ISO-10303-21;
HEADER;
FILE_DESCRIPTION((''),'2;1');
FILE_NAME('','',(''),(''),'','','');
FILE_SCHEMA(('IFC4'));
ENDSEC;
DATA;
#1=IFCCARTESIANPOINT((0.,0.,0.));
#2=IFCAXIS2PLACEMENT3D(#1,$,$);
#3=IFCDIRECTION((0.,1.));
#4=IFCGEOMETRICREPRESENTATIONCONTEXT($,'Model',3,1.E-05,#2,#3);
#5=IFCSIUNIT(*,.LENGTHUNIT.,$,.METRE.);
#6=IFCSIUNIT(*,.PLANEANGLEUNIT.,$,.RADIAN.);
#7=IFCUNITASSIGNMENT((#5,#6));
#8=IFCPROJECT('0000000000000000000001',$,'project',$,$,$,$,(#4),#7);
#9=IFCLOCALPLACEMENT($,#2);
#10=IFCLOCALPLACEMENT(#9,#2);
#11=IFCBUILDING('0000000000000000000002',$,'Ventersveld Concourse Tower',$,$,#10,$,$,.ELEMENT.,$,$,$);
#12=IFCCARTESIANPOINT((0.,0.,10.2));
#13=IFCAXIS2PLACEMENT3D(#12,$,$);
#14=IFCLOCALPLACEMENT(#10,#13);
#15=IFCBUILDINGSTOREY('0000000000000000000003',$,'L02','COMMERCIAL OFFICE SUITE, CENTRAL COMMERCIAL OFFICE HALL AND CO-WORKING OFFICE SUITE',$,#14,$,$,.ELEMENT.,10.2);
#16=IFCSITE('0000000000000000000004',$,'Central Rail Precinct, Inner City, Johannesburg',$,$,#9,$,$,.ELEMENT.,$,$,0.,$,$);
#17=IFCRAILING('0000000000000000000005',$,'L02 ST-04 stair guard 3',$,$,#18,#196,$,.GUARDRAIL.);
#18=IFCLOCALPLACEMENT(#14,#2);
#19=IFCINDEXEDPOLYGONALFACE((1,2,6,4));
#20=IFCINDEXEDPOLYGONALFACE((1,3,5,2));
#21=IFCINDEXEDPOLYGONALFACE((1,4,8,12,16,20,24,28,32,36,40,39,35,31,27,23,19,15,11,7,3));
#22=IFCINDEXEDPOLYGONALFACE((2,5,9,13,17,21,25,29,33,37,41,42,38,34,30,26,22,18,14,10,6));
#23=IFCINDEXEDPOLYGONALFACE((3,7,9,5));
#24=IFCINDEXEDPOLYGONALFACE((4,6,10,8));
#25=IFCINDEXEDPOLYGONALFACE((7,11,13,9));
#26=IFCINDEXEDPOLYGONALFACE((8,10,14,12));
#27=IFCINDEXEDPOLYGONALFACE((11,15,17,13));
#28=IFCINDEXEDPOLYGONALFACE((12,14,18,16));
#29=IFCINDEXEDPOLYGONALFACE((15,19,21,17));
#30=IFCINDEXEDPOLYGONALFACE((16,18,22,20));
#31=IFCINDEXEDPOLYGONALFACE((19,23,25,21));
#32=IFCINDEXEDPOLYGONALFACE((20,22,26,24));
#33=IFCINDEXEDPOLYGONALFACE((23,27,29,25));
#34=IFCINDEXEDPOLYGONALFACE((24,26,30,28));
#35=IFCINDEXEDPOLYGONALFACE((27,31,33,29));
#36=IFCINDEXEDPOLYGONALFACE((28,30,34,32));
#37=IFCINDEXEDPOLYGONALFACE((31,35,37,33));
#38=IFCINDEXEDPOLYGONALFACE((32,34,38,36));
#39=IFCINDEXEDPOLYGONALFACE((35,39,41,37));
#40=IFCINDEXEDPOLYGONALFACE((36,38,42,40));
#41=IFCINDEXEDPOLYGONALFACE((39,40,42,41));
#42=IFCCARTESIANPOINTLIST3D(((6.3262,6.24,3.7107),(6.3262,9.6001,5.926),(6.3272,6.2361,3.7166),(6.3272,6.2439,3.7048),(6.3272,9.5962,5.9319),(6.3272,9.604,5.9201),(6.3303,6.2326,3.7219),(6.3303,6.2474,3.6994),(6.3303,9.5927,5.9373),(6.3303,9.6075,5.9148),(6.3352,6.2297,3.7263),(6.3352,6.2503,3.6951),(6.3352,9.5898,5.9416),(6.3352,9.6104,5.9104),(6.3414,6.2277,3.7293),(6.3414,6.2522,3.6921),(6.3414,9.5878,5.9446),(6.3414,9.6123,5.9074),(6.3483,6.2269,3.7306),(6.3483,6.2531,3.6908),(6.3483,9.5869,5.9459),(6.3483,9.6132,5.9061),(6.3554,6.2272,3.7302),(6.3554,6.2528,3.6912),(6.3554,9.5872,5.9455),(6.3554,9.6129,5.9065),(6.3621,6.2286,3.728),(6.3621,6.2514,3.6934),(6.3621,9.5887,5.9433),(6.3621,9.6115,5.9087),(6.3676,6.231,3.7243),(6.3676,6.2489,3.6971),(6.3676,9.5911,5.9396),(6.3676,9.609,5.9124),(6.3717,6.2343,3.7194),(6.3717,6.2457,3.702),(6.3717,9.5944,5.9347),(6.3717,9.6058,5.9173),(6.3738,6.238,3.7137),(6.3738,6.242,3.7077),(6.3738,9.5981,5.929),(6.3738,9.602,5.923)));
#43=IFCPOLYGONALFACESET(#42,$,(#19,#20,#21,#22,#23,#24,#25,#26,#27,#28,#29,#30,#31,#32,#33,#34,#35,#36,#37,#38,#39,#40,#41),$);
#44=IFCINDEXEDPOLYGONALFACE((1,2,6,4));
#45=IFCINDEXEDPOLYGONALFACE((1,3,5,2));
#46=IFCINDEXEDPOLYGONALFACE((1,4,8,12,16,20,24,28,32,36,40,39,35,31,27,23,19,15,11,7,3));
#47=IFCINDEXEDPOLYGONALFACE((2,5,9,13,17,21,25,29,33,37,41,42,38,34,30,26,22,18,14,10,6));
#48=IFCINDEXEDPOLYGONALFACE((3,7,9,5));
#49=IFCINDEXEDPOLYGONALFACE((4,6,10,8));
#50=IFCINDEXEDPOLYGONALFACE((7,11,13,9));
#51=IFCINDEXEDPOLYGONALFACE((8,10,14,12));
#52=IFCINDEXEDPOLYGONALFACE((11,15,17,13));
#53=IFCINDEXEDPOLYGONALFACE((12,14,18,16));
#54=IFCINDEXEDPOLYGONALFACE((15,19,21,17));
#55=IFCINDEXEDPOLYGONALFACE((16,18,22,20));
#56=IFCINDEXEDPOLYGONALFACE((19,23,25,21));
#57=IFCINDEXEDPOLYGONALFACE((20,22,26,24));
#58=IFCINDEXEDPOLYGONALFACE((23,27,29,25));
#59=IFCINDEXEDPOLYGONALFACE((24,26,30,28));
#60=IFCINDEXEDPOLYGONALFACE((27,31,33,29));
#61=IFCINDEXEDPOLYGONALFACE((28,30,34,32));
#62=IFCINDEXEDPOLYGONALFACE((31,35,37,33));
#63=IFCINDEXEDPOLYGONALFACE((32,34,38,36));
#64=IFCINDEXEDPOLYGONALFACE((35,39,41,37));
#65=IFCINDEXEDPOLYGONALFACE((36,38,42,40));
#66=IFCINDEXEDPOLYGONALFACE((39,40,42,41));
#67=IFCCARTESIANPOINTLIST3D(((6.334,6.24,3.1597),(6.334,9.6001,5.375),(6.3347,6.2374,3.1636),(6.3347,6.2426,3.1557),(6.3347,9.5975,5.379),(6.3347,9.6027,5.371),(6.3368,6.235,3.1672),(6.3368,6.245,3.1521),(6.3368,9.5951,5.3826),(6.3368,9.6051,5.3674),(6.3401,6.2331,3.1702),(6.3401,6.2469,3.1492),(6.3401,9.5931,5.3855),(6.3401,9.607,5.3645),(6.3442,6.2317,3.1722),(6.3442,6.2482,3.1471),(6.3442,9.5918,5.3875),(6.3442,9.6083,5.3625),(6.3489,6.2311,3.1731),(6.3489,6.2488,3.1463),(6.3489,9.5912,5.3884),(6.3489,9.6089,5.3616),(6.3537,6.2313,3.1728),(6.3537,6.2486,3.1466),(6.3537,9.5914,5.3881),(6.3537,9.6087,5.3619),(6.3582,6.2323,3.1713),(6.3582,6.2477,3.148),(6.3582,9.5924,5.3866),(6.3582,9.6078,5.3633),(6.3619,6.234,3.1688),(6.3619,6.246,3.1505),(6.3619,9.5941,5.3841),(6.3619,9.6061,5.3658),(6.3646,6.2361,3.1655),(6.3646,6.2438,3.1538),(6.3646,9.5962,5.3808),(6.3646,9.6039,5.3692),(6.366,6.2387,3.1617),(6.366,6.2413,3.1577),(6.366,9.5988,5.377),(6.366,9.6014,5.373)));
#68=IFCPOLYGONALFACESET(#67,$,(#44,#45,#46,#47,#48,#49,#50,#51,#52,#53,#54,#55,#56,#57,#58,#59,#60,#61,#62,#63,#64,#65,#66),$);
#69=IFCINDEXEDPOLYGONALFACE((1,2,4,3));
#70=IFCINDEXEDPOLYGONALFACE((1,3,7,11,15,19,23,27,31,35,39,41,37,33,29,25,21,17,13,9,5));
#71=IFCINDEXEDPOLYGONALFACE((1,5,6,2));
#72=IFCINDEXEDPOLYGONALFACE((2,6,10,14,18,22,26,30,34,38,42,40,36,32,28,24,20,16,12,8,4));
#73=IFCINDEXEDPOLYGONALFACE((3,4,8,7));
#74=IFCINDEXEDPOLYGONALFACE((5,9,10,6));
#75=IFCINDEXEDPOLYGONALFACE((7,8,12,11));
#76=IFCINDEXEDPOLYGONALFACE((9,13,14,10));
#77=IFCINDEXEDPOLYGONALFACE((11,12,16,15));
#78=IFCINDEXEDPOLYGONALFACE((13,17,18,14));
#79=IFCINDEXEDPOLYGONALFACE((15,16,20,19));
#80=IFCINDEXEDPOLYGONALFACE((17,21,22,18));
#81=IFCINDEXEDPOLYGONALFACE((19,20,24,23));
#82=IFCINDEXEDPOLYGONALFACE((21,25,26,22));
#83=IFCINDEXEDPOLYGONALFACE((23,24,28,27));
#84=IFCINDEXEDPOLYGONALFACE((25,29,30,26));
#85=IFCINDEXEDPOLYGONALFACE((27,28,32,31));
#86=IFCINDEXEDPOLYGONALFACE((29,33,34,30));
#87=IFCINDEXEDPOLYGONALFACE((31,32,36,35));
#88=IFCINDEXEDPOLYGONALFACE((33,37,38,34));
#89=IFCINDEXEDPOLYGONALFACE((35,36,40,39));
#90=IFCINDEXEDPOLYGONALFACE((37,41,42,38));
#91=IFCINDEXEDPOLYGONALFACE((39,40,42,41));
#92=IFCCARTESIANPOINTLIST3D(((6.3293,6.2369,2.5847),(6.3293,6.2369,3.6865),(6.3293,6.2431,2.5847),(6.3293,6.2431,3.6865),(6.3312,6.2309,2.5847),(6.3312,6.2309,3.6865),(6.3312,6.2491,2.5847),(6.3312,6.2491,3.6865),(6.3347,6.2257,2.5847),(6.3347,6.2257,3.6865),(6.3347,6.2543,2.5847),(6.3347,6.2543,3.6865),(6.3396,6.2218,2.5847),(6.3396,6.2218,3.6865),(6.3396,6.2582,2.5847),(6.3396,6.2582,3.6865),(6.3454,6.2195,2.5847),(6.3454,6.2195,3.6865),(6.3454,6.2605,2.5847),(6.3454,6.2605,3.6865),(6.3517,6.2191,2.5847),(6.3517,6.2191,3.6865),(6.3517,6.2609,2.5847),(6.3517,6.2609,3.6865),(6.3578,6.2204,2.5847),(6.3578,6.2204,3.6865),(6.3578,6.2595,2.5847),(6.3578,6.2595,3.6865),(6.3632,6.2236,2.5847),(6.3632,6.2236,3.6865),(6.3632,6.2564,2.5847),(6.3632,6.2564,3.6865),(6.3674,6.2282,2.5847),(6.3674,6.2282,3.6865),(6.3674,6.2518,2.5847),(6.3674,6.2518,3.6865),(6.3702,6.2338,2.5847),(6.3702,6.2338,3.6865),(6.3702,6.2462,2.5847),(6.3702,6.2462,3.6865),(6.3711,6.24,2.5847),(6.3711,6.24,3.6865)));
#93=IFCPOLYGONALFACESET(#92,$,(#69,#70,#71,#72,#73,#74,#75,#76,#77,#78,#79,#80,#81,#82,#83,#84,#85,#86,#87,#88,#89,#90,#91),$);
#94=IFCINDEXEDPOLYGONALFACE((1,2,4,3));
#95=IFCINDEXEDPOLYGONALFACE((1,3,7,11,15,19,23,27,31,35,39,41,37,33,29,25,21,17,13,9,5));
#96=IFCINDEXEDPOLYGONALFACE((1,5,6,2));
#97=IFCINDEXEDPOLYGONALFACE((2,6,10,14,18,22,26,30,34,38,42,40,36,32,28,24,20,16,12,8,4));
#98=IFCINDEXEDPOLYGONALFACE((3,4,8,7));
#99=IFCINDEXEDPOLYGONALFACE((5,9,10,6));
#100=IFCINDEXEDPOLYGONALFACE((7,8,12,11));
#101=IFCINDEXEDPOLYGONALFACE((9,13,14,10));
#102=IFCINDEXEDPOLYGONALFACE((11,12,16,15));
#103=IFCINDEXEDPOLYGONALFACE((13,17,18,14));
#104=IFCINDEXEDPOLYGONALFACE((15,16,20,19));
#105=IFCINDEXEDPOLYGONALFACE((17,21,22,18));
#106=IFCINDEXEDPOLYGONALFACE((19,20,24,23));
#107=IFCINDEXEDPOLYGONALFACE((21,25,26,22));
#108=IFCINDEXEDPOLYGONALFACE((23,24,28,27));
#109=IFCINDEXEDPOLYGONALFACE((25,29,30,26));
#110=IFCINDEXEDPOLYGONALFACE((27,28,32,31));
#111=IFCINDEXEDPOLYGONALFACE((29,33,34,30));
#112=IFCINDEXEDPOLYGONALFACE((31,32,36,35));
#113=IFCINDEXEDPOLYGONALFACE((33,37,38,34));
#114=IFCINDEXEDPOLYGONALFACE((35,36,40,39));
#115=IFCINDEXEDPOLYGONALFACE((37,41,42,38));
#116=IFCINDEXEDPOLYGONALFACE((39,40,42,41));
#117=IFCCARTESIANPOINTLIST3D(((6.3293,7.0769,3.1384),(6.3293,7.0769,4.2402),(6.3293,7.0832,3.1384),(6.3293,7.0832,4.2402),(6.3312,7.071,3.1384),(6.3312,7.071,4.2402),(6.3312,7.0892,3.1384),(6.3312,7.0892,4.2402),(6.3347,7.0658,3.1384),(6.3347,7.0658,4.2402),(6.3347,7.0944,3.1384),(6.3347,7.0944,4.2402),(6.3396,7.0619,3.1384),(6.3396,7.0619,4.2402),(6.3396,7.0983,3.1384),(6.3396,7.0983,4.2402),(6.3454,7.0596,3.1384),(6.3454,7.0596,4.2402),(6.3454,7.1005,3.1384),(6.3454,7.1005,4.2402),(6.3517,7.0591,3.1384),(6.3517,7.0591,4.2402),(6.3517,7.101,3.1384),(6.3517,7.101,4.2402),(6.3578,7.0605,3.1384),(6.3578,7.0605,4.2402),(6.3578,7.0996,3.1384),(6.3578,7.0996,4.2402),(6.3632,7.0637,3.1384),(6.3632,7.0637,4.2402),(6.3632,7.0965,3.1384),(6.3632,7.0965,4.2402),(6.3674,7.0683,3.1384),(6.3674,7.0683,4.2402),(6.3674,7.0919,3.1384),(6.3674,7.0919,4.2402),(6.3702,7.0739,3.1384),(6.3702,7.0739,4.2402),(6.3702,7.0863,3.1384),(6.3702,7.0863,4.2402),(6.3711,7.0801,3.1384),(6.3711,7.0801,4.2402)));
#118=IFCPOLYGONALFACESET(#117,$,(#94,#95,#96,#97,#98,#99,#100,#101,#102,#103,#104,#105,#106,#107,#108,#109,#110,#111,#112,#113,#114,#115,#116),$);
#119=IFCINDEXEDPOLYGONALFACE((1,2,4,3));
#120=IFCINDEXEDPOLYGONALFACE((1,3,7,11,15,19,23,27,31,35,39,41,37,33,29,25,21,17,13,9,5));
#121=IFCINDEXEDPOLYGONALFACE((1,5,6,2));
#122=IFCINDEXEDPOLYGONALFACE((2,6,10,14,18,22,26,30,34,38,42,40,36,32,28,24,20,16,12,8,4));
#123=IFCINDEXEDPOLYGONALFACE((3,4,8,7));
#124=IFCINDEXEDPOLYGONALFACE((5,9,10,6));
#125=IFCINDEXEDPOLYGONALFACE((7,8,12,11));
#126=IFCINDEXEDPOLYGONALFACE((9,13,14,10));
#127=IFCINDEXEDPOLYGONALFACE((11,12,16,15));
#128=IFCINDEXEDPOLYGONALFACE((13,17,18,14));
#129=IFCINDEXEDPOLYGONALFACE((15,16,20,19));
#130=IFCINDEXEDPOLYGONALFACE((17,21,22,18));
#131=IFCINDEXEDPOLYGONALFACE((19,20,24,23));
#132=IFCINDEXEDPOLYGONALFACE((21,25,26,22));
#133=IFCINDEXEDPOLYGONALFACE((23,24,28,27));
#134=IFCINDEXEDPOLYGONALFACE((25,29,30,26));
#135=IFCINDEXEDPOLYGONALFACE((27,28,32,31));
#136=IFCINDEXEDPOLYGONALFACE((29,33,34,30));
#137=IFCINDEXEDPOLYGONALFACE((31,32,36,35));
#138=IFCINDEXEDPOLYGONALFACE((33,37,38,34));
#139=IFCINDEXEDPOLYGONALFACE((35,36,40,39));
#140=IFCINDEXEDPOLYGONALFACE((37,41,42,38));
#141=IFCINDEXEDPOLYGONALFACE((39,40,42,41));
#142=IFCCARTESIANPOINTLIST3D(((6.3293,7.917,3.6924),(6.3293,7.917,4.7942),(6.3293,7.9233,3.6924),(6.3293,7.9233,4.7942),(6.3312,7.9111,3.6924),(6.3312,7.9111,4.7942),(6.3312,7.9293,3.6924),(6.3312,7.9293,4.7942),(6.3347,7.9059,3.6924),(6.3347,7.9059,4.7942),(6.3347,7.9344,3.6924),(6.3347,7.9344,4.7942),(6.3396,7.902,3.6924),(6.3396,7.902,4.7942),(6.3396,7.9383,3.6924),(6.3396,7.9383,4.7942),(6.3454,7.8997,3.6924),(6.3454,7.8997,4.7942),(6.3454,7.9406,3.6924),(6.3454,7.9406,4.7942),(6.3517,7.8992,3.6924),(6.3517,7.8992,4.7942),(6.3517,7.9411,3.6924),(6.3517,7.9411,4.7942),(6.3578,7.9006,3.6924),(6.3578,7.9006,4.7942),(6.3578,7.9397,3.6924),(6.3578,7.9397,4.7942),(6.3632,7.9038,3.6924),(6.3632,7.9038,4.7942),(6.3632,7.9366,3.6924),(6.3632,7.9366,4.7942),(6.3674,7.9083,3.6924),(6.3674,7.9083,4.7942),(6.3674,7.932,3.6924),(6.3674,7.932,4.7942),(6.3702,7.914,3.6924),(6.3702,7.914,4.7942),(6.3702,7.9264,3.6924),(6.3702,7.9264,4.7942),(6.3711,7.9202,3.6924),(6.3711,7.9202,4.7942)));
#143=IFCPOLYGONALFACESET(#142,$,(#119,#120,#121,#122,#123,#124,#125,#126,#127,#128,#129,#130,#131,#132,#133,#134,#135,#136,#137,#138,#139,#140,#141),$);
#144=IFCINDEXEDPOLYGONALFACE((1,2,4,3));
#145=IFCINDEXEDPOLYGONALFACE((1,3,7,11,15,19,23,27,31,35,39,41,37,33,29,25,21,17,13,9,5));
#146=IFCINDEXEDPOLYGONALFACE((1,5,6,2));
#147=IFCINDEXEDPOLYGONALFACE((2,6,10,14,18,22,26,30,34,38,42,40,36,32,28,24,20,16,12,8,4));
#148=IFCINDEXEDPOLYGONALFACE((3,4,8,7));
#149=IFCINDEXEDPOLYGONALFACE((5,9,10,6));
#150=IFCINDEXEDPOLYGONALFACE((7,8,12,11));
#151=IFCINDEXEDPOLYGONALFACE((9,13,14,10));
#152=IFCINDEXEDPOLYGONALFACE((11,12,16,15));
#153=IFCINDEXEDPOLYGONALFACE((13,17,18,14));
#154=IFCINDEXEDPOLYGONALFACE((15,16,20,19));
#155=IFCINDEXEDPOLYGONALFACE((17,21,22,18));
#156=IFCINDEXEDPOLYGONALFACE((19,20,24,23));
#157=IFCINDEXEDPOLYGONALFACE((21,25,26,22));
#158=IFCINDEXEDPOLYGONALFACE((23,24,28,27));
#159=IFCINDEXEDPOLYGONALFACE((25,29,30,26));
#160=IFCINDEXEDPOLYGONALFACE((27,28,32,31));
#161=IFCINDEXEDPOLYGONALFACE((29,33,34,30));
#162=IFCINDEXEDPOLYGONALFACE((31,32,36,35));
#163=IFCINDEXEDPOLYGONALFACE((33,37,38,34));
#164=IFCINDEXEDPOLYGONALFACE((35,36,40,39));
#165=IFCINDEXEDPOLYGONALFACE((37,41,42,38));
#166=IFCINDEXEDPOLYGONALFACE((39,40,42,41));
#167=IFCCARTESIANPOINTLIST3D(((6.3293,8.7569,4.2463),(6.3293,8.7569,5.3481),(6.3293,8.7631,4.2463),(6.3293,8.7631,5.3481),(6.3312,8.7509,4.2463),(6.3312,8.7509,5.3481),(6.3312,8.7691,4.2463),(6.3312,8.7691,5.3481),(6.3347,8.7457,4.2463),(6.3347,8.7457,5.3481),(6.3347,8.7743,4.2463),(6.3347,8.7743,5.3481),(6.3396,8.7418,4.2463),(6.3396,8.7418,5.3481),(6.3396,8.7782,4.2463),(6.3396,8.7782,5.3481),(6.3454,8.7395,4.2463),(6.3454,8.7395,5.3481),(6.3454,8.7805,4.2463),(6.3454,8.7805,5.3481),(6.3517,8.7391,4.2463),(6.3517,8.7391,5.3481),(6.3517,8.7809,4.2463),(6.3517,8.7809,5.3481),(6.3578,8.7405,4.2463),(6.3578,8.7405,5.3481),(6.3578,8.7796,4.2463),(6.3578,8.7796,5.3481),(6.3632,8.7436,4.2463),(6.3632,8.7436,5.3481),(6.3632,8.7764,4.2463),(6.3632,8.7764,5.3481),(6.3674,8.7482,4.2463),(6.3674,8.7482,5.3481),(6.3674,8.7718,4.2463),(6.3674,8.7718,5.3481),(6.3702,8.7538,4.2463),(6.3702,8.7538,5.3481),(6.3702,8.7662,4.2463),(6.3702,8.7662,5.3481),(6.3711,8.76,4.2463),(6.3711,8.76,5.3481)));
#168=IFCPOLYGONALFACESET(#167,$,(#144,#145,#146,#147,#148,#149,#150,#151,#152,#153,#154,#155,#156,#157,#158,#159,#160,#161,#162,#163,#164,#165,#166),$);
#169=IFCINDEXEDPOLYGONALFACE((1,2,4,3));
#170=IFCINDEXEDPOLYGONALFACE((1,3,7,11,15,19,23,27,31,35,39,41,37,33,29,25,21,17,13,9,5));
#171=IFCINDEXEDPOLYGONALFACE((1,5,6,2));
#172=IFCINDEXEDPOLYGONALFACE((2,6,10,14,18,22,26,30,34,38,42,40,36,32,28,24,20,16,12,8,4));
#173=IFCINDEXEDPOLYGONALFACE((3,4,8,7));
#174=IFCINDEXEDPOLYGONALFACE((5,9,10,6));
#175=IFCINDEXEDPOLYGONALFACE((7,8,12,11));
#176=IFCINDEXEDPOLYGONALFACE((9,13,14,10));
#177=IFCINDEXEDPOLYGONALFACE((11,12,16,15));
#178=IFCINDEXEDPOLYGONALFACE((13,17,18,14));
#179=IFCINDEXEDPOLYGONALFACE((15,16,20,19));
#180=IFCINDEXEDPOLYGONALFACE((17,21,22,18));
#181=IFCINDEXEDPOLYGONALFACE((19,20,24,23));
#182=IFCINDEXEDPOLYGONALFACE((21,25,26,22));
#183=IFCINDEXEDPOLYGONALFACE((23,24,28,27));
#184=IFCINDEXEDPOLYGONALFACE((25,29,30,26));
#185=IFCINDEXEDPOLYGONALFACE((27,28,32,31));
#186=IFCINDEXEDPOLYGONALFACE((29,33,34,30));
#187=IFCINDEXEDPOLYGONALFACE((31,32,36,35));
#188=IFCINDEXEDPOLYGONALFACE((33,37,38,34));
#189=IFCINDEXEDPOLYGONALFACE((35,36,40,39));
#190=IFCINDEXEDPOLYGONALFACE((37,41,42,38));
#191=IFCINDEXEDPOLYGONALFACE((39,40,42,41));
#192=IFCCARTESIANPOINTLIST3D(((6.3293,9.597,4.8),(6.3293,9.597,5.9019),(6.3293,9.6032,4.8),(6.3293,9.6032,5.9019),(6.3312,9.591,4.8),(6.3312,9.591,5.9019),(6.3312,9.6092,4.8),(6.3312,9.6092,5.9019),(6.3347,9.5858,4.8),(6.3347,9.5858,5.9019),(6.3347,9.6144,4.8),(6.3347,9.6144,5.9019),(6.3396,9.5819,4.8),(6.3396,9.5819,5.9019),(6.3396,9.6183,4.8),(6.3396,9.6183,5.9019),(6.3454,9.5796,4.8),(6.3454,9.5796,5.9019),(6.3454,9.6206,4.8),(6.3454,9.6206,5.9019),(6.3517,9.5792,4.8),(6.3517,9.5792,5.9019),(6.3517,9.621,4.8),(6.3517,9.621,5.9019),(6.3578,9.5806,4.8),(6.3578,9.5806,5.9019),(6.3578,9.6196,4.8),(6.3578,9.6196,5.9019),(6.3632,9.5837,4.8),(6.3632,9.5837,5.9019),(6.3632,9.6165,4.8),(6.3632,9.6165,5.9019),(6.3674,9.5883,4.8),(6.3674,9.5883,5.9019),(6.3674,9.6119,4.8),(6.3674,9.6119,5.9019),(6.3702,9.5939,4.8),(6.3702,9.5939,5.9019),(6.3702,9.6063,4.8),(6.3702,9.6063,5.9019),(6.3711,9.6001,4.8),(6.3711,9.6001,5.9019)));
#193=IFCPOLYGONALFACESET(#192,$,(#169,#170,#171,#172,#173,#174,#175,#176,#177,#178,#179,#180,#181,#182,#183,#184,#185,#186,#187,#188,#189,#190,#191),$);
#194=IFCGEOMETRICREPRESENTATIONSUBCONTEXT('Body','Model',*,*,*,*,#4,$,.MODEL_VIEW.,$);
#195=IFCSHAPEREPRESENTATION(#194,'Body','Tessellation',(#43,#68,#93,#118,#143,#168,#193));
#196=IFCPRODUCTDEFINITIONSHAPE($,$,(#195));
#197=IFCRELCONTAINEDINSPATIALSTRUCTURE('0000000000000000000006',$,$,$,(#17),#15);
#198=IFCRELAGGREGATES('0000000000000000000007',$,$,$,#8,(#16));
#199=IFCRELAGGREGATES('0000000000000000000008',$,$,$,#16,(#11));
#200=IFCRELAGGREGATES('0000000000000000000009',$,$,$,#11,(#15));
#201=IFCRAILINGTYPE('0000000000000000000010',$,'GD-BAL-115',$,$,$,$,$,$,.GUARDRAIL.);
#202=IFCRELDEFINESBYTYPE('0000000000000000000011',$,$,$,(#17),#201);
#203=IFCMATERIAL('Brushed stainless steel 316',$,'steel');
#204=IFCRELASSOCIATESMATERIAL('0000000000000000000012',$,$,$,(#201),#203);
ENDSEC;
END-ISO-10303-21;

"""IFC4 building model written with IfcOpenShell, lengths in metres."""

from ifc_helpers import new_model, si_unit, direction, frame, origin, origin_2d, place, context, subcontext, project, spatial, circle, extrude, material, type_object, element, save


model = new_model("IFC4")

# Units and contexts
model_context = context("Model", 3, precision=1e-05, world=origin(), true_north=direction((0.0, 1.0)))
body_context = subcontext(model_context, "Body", "Model", "MODEL_VIEW")
ifc_project = project(units=[si_unit("LENGTHUNIT", "METRE"), si_unit("PLANEANGLEUNIT", "RADIAN")], contexts=[model_context])

# Site, building, storey
site_placement = place(None, origin())
site = spatial("IfcSite", under=ifc_project, at=site_placement, Name="Central Rail Precinct, Inner City, Johannesburg", CompositionType="ELEMENT", RefElevation=0.0)
building_placement = place(site_placement, origin())
building = spatial("IfcBuilding", under=site, at=building_placement, Name="Ventersveld Concourse Tower", CompositionType="ELEMENT")
storey_placement = place(building_placement, frame((0.0, 0.0, 10.2)))
storey = spatial("IfcBuildingStorey", under=building, at=storey_placement, Name="L02", Description="COMMERCIAL OFFICE SUITE, CENTRAL COMMERCIAL OFFICE HALL AND CO-WORKING OFFICE SUITE", CompositionType="ELEMENT", Elevation=10.2)

# Railing
ifc_material_1 = material(Name="Brushed stainless steel 316", Category="steel")
railing_type_1 = type_object("IfcRailingType", Name="GD-BAL-115", PredefinedType="GUARDRAIL", material=ifc_material_1)
railing_1_placement = place(storey_placement, frame((6.3501, 6.24, 2.5847)))
element("IfcRailing", 1, at=railing_1_placement, inside=storey, type_object=railing_type_1, Name="L02 ST-04 stair guard 3", PredefinedType="GUARDRAIL", context=body_context, shape_type="SweptSolid", body=[
    extrude(circle(Radius=0.0239, at=origin_2d()), frame((0.0, 0.0, 1.126), z_axis=(0.0, 0.834876, 0.550437), x_axis=(-1.0, 0.0, 0.0)), (0.0, 0.0, 1.0), 4.0247),
    extrude(circle(Radius=0.0161, at=origin_2d()), frame((0.0, 0.0, 0.575), z_axis=(0.0, 0.834876, 0.550437), x_axis=(-1.0, 0.0, 0.0)), (0.0, 0.0, 1.0), 4.0247),
    extrude(circle(Radius=0.021, at=origin_2d()), origin(), (0.0, 0.0, 1.0), 1.1018),
    extrude(circle(Radius=0.021, at=origin_2d()), frame((0.0, 0.8401, 0.5537)), (0.0, 0.0, 1.0), 1.1018),
    extrude(circle(Radius=0.021, at=origin_2d()), frame((0.0, 1.6802, 1.1077)), (0.0, 0.0, 1.0), 1.1018),
    extrude(circle(Radius=0.021, at=origin_2d()), frame((0.0, 2.52, 1.6616)), (0.0, 0.0, 1.0), 1.1018),
    extrude(circle(Radius=0.021, at=origin_2d()), frame((0.0, 3.3601, 2.2153)), (0.0, 0.0, 1.0), 1.1018),
])

save(model, "model.ifc")
